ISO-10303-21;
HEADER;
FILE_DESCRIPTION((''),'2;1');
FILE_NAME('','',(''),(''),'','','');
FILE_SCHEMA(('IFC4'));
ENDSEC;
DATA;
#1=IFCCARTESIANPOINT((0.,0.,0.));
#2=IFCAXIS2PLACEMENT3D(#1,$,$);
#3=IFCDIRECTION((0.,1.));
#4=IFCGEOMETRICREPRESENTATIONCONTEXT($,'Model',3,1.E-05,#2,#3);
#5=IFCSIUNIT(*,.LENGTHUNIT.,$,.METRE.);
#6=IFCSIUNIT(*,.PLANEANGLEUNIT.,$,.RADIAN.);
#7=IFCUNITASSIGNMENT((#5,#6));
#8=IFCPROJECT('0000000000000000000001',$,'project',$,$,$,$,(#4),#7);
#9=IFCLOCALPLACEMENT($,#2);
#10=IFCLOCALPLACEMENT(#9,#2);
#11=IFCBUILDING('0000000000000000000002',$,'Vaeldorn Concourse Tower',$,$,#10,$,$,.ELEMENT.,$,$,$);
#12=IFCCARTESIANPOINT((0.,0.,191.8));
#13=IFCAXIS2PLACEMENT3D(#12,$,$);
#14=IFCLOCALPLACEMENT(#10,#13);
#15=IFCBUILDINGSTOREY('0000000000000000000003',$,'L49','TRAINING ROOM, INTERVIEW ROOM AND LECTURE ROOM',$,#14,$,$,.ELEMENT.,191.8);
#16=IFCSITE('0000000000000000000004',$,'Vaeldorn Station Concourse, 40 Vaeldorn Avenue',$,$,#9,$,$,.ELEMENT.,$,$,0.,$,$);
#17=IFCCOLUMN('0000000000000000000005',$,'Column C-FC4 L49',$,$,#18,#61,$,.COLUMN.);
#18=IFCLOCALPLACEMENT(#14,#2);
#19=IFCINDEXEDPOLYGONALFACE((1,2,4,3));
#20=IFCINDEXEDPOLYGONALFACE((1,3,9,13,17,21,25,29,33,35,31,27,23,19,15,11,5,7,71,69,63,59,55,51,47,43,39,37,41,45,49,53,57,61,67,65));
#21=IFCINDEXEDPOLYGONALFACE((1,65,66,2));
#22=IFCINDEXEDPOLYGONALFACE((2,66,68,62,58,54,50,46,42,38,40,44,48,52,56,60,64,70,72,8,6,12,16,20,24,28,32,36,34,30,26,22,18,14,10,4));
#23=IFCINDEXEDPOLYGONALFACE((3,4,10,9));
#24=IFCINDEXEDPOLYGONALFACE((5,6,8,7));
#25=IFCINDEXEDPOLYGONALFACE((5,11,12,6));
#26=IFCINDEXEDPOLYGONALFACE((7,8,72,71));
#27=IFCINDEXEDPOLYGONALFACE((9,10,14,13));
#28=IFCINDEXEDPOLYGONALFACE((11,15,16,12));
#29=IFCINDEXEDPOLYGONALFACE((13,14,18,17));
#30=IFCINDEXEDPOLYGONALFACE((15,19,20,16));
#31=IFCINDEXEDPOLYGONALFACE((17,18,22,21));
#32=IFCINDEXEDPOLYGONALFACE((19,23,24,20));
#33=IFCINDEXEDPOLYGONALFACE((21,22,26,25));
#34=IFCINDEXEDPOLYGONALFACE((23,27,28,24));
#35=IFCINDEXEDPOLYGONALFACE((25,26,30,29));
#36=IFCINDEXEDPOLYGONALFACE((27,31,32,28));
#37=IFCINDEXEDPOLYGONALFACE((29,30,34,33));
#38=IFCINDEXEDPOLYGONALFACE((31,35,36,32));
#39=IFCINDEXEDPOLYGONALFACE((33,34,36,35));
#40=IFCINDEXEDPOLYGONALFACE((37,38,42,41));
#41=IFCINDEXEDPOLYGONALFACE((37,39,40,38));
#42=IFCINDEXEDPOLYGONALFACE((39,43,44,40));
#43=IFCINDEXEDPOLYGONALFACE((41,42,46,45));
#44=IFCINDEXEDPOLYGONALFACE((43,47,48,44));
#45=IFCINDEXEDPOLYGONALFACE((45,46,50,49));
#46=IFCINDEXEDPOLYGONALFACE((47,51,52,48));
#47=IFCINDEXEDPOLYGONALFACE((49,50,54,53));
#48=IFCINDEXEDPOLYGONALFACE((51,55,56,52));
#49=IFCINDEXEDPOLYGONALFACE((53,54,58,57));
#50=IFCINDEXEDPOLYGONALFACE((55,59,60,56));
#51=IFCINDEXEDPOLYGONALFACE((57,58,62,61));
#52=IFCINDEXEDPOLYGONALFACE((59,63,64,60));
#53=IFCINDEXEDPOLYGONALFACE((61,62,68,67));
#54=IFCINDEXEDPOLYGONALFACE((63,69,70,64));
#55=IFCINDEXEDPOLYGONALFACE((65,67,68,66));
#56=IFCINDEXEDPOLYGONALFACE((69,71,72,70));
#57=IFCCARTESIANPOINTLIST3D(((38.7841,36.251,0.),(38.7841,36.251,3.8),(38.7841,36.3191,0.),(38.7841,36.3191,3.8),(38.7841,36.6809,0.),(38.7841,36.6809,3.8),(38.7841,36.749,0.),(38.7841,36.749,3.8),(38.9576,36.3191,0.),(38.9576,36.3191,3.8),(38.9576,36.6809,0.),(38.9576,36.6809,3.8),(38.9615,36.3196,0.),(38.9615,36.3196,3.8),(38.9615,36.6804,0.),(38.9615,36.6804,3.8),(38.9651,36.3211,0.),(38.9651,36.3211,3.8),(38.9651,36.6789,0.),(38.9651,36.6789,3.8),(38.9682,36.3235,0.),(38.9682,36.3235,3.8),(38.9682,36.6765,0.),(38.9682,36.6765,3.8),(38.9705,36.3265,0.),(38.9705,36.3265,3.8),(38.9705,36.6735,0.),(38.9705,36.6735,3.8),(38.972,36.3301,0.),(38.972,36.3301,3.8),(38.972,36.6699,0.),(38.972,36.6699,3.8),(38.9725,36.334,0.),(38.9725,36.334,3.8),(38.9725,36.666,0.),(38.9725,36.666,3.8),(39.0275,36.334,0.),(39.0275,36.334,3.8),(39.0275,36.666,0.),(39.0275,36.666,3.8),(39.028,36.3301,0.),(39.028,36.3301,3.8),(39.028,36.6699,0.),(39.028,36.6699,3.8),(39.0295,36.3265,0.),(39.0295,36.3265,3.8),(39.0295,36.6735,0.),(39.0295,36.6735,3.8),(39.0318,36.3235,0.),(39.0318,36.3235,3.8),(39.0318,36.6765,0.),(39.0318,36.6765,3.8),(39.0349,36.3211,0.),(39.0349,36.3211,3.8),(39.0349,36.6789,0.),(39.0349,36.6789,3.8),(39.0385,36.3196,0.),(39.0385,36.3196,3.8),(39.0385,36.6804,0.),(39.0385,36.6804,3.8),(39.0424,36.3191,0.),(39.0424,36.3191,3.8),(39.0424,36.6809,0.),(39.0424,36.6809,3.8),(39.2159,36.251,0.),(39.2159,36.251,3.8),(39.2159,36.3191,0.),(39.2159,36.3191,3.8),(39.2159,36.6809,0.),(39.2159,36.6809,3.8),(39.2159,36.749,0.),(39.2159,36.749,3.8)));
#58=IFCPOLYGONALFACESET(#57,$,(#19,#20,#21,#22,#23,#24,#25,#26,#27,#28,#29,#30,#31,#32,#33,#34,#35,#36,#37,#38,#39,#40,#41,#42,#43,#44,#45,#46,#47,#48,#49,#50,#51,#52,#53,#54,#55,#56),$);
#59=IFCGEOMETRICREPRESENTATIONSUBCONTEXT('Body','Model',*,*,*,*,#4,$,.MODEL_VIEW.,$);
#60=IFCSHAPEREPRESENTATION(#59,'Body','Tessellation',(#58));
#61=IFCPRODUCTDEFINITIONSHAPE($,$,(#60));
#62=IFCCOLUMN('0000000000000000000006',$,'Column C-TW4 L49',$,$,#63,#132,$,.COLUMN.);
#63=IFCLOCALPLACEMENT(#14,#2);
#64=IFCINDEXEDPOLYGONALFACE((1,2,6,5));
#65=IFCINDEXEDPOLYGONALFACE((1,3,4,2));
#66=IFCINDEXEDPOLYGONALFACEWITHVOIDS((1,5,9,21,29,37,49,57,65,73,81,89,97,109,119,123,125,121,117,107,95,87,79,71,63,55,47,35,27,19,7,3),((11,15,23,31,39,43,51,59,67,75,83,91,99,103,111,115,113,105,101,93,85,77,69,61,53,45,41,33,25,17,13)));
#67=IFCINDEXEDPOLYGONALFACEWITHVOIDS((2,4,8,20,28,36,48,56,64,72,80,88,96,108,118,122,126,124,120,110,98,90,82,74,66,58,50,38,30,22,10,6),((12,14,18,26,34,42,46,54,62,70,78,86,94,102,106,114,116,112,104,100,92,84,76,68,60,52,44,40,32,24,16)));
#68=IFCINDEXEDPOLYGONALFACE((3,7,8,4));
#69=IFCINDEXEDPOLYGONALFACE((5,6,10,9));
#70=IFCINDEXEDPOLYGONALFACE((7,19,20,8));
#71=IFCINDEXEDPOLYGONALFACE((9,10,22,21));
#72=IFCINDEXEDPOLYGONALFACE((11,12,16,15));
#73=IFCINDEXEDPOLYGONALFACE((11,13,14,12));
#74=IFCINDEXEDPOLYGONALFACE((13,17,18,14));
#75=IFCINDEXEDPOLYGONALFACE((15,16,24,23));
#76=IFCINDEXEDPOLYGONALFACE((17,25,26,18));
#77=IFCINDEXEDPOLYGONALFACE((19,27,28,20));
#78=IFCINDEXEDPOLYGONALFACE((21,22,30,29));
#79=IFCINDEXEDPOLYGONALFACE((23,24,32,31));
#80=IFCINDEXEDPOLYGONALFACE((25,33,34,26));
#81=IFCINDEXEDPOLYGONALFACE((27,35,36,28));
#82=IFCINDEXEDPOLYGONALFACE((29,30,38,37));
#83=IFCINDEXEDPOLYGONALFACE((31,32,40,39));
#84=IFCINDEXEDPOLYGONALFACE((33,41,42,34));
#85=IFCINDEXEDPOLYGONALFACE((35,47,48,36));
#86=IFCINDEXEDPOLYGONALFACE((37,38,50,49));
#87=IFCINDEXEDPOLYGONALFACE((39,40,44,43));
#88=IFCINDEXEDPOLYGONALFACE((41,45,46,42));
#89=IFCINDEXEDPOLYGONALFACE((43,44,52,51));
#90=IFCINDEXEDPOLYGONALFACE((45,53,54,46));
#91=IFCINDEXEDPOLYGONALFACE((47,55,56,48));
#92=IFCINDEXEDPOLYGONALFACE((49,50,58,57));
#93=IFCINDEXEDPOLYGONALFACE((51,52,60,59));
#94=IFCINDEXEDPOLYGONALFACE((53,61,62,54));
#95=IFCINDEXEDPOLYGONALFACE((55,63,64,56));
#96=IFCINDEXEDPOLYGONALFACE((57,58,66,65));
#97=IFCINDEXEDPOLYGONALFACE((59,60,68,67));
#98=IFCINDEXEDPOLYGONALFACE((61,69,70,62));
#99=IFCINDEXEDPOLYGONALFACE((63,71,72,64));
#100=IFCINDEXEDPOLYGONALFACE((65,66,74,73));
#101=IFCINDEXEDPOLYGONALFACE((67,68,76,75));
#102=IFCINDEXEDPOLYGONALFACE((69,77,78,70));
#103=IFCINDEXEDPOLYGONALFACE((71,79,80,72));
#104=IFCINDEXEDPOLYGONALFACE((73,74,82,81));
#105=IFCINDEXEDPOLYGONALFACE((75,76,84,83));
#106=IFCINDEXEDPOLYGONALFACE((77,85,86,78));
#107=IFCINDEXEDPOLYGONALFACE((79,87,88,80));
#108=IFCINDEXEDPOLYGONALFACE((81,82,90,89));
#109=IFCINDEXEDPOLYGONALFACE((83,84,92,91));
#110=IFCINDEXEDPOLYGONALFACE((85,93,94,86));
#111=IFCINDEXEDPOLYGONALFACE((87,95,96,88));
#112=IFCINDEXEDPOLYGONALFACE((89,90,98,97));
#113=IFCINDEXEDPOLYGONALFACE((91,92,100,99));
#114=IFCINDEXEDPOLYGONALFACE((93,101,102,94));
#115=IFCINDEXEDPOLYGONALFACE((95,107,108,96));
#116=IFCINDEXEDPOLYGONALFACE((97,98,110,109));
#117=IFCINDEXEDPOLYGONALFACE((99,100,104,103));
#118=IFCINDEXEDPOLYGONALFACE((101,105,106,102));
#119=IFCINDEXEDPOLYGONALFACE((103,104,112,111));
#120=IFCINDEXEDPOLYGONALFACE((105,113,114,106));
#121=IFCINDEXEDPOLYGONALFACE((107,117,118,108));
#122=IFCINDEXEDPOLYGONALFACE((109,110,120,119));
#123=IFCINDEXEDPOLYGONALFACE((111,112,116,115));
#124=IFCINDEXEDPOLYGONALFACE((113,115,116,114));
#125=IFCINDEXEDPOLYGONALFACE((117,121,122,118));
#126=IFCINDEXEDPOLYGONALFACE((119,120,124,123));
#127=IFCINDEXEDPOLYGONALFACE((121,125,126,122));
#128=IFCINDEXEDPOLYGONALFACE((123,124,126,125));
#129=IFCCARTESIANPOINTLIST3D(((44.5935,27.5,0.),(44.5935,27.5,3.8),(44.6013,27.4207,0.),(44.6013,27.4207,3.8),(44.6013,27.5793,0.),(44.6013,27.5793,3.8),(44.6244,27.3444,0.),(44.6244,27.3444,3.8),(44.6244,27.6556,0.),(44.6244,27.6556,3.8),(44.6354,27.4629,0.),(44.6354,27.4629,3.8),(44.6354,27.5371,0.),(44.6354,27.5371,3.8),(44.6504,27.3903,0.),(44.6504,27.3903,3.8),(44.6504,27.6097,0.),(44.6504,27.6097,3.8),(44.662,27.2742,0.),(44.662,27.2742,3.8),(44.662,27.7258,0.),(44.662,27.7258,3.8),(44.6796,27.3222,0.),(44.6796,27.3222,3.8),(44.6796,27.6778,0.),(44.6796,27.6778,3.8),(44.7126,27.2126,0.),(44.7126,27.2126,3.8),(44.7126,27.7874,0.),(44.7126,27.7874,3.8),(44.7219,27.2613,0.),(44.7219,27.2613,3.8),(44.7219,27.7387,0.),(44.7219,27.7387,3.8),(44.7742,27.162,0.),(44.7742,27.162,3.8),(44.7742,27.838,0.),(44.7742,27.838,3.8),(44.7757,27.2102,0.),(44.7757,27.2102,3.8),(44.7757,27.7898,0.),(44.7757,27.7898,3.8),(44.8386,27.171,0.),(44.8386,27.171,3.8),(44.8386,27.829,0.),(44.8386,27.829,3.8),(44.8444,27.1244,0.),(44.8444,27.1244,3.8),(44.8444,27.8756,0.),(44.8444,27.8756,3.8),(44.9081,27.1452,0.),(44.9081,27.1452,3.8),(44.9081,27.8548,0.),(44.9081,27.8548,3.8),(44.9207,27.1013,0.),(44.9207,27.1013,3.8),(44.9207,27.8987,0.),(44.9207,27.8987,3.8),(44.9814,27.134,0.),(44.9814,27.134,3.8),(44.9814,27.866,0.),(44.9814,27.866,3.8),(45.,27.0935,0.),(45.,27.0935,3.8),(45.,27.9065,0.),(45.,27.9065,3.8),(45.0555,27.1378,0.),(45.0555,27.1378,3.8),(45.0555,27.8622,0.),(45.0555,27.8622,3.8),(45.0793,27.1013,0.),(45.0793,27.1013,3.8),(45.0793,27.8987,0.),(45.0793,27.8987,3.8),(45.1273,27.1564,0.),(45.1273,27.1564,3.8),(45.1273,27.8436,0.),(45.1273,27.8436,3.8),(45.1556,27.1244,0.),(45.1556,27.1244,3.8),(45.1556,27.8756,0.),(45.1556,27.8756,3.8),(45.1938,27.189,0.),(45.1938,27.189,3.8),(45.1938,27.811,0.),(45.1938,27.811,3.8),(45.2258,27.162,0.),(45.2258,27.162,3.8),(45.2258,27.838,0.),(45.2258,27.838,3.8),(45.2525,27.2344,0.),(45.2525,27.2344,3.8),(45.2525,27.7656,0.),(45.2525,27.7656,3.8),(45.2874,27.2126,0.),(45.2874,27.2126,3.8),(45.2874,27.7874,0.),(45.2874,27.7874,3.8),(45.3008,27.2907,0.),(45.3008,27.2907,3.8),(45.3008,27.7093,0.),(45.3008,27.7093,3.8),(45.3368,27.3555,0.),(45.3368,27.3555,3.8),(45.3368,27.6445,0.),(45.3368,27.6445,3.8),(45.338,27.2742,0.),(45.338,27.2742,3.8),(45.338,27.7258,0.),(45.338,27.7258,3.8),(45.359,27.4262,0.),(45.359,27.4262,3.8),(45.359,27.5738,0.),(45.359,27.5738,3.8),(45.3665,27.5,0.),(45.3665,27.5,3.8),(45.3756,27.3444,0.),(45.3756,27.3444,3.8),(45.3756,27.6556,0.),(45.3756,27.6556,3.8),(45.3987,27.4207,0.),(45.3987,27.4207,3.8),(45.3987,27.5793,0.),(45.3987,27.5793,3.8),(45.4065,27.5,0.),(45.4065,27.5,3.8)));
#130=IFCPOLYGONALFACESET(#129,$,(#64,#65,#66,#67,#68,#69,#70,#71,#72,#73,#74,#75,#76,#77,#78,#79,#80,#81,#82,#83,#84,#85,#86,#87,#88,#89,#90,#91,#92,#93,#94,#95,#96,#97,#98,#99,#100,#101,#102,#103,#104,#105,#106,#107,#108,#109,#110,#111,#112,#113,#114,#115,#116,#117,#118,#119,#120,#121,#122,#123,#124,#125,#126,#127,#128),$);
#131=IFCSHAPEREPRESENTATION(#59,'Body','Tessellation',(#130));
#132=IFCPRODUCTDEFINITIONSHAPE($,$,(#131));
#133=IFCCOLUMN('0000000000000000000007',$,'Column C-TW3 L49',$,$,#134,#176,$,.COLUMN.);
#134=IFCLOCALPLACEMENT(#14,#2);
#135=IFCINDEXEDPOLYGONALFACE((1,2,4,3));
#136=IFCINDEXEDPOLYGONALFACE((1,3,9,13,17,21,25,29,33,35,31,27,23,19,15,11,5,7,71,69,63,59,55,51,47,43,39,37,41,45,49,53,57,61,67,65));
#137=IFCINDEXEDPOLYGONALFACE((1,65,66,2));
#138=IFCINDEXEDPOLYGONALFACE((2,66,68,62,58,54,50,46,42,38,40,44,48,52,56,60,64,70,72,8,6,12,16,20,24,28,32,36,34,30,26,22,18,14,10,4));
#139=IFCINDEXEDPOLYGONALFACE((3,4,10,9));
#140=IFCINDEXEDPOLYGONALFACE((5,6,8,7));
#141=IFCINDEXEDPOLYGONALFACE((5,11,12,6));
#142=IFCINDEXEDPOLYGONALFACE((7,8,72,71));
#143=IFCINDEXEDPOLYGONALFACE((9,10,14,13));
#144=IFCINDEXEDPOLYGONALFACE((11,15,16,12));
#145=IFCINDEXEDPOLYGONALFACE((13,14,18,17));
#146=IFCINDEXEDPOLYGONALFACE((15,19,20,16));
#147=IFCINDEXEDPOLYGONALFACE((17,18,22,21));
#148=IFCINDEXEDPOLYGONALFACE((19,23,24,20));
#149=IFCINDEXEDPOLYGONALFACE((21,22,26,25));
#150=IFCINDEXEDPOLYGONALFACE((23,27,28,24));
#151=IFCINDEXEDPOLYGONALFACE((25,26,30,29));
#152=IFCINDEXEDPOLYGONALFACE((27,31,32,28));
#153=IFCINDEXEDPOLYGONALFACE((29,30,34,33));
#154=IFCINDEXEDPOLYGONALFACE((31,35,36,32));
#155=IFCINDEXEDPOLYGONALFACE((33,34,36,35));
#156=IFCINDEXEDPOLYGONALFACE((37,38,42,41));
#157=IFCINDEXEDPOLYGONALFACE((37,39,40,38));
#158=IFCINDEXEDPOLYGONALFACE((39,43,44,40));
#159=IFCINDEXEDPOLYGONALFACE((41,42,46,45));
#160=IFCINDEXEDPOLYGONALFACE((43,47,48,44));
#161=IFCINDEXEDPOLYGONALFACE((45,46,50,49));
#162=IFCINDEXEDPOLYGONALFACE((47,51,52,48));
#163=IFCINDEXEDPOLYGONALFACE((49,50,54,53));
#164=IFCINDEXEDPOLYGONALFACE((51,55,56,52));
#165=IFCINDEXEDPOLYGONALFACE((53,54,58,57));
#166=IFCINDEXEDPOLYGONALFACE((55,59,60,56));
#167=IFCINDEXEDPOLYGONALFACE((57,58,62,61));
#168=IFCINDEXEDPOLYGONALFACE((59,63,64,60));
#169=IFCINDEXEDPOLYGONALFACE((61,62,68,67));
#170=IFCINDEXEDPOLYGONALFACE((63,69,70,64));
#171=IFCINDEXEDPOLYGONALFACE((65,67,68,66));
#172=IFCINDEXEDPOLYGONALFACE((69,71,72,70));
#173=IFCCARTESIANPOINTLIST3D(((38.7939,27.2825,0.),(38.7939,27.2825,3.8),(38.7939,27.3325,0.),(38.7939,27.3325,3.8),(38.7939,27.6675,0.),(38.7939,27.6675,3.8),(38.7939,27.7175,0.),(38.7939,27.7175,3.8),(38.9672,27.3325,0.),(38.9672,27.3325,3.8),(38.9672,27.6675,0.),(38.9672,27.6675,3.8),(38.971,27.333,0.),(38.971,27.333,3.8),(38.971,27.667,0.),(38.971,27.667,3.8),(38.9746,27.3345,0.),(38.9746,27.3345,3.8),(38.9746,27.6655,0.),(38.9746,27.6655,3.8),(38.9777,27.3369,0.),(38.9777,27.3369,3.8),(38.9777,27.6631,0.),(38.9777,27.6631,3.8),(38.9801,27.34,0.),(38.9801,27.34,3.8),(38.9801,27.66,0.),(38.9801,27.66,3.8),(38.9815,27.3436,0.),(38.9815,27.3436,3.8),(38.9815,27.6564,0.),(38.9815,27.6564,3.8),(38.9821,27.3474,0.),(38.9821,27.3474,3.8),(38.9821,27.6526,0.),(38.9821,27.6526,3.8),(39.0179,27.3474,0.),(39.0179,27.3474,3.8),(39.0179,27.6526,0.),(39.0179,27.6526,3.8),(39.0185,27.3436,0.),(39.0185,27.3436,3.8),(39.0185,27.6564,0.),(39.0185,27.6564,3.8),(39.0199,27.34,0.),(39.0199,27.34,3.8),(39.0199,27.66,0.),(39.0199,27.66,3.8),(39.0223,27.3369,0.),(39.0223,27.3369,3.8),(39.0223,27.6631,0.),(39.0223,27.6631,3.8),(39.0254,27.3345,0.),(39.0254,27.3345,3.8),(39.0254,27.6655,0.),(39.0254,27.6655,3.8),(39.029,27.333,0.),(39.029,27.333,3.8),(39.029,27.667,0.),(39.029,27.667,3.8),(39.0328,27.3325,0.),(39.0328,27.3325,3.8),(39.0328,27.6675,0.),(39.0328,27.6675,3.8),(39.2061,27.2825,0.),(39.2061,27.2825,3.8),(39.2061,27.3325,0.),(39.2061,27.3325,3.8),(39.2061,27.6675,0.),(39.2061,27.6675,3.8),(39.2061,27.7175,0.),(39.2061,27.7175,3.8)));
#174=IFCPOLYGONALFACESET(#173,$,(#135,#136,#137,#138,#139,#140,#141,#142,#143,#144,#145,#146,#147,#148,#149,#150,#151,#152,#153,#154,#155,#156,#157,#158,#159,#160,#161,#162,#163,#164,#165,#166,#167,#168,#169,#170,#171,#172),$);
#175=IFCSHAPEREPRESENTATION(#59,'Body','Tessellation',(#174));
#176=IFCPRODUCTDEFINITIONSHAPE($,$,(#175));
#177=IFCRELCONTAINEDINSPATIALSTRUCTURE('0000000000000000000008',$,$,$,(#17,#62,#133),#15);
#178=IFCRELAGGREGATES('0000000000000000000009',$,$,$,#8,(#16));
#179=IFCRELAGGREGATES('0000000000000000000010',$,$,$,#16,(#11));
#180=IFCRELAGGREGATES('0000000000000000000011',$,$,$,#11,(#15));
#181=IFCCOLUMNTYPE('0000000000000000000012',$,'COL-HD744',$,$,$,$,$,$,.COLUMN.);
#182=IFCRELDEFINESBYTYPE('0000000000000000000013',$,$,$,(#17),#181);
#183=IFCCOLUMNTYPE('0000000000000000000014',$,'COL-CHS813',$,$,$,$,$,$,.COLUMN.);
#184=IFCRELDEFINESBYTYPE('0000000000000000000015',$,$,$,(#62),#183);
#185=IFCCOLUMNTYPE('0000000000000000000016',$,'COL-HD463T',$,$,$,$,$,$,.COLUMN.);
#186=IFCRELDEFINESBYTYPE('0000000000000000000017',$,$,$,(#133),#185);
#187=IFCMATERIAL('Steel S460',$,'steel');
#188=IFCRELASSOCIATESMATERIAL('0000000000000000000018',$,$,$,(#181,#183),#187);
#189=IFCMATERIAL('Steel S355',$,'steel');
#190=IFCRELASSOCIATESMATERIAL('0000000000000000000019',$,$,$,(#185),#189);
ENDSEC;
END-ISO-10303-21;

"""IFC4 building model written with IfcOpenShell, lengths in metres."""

from ifc_helpers import new_model, si_unit, direction, frame, origin, origin_2d, place, context, subcontext, project, spatial, hollow_circle, i_section, extrude, source, transform, mapped, material, material_profile, profile_set, type_object, element, save


model = new_model("IFC4")

# Units and contexts
model_context = context("Model", 3, precision=1e-05, world=origin(), true_north=direction((0.0, 1.0)))
body_context = subcontext(model_context, "Body", "Model", "MODEL_VIEW")
ifc_project = project(units=[si_unit("LENGTHUNIT", "METRE"), si_unit("PLANEANGLEUNIT", "RADIAN")], contexts=[model_context])

# Site, building, storey
site_placement = place(None, origin())
site = spatial("IfcSite", under=ifc_project, at=site_placement, Name="Vaeldorn Station Concourse, 40 Vaeldorn Avenue", CompositionType="ELEMENT", RefElevation=0.0)
building_placement = place(site_placement, origin())
building = spatial("IfcBuilding", under=site, at=building_placement, Name="Vaeldorn Concourse Tower", CompositionType="ELEMENT")
storey_placement = place(building_placement, frame((0.0, 0.0, 191.8)))
storey = spatial("IfcBuildingStorey", under=building, at=storey_placement, Name="L49", Description="TRAINING ROOM, INTERVIEW ROOM AND LECTURE ROOM", CompositionType="ELEMENT", Elevation=191.8)

# Columns
ifc_material_1 = material(Name="Steel S460", Category="steel")
ifc_material_profile_1 = material_profile(ifc_material_1, i_section(OverallWidth=0.4319, OverallDepth=0.498, WebThickness=0.0549, FlangeThickness=0.0681, FilletRadius=0.0149, at=origin_2d()), Name="HD 400x744")
ifc_profile_set_1 = profile_set([ifc_material_profile_1], Name="Steel S460")
column_type_1 = type_object("IfcColumnType", Name="COL-HD744", PredefinedType="COLUMN", material=ifc_profile_set_1)
shared_shape_1 = source(origin(), body_context, "Body", "SweptSolid", [
    extrude(i_section(OverallWidth=0.4319, OverallDepth=0.498, WebThickness=0.0549, FlangeThickness=0.0681, FilletRadius=0.0149, at=origin_2d()), origin(), (0.0, 0.0, 1.0), 3.8),
])
column_1_placement = place(storey_placement, frame((39.0, 36.5, 0.0), z_axis=(0.0, 0.0, 1.0), x_axis=(1.0, 0.0, 0.0)))
element("IfcColumn", 1, at=column_1_placement, inside=storey, type_object=column_type_1, Name="Column C-FC4 L49", PredefinedType="COLUMN", context=body_context, shape_type="MappedRepresentation", body=[
    mapped(shared_shape_1, transform((0.0, 0.0, 0.0), scale=1.0)),
])
ifc_material_profile_2 = material_profile(ifc_material_1, hollow_circle(Radius=0.4065, WallThickness=0.04, at=origin_2d()), Name="CHS 813x40")
ifc_profile_set_2 = profile_set([ifc_material_profile_2], Name="Steel S460")
column_type_2 = type_object("IfcColumnType", Name="COL-CHS813", PredefinedType="COLUMN", material=ifc_profile_set_2)
shared_shape_2 = source(origin(), body_context, "Body", "SweptSolid", [
    extrude(hollow_circle(Radius=0.4065, WallThickness=0.04, at=origin_2d()), origin(), (0.0, 0.0, 1.0), 3.8),
])
column_2_placement = place(storey_placement, frame((45.0, 27.5, 0.0), z_axis=(0.0, 0.0, 1.0), x_axis=(1.0, 0.0, 0.0)))
element("IfcColumn", 2, at=column_2_placement, inside=storey, type_object=column_type_2, Name="Column C-TW4 L49", PredefinedType="COLUMN", context=body_context, shape_type="MappedRepresentation", body=[
    mapped(shared_shape_2, transform((0.0, 0.0, 0.0), scale=1.0)),
])
ifc_material_2 = material(Name="Steel S355", Category="steel")
ifc_material_profile_3 = material_profile(ifc_material_2, i_section(OverallWidth=0.4121, OverallDepth=0.4351, WebThickness=0.0359, FlangeThickness=0.05, FilletRadius=0.0149, at=origin_2d()), Name="HD 400x463")
ifc_profile_set_3 = profile_set([ifc_material_profile_3], Name="Steel S355")
column_type_3 = type_object("IfcColumnType", Name="COL-HD463T", PredefinedType="COLUMN", material=ifc_profile_set_3)
shared_shape_3 = source(origin(), body_context, "Body", "SweptSolid", [
    extrude(i_section(OverallWidth=0.4121, OverallDepth=0.4351, WebThickness=0.0359, FlangeThickness=0.05, FilletRadius=0.0149, at=origin_2d()), origin(), (0.0, 0.0, 1.0), 3.8),
])
for number, where, z_axis, x_axis, name in (
    (3, (39.0, 27.5, 0.0), (0.0, 0.0, 1.0), (1.0, 0.0, 0.0), "Column C-TW3 L49"),
):
    element("IfcColumn", number, at=place(storey_placement, frame(where, z_axis=z_axis, x_axis=x_axis)), inside=storey, type_object=column_type_3, Name=name, PredefinedType="COLUMN", context=body_context, shape_type="MappedRepresentation", body=[
        mapped(shared_shape_3, transform((0.0, 0.0, 0.0), scale=1.0)),
    ])

save(model, "model.ifc")
